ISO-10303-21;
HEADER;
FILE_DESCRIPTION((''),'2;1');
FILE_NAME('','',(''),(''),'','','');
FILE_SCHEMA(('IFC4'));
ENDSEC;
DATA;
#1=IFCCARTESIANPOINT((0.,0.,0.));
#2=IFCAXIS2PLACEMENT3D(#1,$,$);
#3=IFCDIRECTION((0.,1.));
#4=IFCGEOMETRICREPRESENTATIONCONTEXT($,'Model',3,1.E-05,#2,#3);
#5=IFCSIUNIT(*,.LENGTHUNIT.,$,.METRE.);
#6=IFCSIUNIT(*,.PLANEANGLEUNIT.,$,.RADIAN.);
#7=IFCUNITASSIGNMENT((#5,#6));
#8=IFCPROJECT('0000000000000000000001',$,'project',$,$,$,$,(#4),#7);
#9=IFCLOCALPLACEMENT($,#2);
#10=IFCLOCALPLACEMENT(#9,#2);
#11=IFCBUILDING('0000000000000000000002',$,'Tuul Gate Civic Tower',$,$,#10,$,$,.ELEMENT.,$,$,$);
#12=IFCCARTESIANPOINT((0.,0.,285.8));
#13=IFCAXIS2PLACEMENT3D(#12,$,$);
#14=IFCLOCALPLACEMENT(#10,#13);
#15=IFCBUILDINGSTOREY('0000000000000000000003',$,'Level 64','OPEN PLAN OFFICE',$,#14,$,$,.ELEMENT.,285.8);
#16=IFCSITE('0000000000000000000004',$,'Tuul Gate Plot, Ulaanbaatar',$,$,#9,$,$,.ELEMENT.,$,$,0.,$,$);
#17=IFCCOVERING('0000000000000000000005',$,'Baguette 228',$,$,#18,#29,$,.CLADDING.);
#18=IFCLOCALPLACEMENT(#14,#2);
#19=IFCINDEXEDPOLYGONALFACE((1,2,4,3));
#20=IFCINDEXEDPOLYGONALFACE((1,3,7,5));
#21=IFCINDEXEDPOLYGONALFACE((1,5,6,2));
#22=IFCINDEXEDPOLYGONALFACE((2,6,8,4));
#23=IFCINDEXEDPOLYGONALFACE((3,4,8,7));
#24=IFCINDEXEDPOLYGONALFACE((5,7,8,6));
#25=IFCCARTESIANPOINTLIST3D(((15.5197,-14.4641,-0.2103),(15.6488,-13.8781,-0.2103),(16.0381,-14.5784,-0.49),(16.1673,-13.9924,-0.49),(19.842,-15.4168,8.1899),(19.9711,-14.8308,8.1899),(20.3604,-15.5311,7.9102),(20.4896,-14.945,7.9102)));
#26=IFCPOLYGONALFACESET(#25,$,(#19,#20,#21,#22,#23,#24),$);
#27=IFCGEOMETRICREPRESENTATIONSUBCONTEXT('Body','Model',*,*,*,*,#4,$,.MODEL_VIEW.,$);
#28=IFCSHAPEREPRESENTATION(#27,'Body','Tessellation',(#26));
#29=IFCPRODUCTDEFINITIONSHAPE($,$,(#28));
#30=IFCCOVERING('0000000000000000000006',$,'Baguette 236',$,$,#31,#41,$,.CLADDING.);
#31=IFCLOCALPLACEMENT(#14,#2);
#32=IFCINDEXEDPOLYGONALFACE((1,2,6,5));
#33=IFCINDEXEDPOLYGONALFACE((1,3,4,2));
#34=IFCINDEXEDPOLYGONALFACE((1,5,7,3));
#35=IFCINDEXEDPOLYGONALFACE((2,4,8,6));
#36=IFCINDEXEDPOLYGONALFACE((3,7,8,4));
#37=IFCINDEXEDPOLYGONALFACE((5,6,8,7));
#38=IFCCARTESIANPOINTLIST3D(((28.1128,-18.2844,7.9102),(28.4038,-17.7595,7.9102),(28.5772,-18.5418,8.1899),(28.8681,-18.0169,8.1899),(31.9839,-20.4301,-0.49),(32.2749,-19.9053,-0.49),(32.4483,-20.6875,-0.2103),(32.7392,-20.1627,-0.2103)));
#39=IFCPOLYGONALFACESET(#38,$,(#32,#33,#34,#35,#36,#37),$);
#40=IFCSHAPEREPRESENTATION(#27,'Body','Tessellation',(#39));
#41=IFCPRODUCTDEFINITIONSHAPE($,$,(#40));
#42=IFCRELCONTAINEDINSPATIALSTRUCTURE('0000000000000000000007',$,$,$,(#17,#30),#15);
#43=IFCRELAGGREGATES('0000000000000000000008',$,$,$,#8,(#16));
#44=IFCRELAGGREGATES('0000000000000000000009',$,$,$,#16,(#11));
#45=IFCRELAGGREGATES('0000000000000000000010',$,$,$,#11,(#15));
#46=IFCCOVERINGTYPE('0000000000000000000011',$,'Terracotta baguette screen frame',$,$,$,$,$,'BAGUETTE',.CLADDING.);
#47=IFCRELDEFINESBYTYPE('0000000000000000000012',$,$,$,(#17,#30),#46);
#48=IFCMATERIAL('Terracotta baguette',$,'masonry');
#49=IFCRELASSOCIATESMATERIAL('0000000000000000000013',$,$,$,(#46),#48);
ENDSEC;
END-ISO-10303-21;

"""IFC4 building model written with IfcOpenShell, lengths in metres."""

from ifc_helpers import new_model, si_unit, direction, frame, origin, origin_2d, place, context, subcontext, project, spatial, rectangle, extrude, material, material_profile, profile_set, type_object, element, save


model = new_model("IFC4")

# Units and contexts
model_context = context("Model", 3, precision=1e-05, world=origin(), true_north=direction((0.0, 1.0)))
body_context = subcontext(model_context, "Body", "Model", "MODEL_VIEW")
ifc_project = project(units=[si_unit("LENGTHUNIT", "METRE"), si_unit("PLANEANGLEUNIT", "RADIAN")], contexts=[model_context])

# Site, building, storey
site_placement = place(None, origin())
site = spatial("IfcSite", under=ifc_project, at=site_placement, Name="Tuul Gate Plot, Ulaanbaatar", CompositionType="ELEMENT", RefElevation=0.0)
building_placement = place(site_placement, origin())
building = spatial("IfcBuilding", under=site, at=building_placement, Name="Tuul Gate Civic Tower", CompositionType="ELEMENT")
storey_placement = place(building_placement, frame((0.0, 0.0, 285.8)))
storey = spatial("IfcBuildingStorey", under=building, at=storey_placement, Name="Level 64", Description="OPEN PLAN OFFICE", CompositionType="ELEMENT", Elevation=285.8)

# Coverings
ifc_material_1 = material(Name="Terracotta baguette", Category="masonry")
ifc_material_profile_1 = material_profile(ifc_material_1, rectangle(XDim=0.6001, YDim=0.6001, at=origin_2d()), Name="Terracotta baguette screen frame")
ifc_profile_set_1 = profile_set([ifc_material_profile_1], Name="Terracotta baguette")
covering_type = type_object("IfcCoveringType", Name="Terracotta baguette screen frame", ElementType="BAGUETTE", PredefinedType="CLADDING", material=ifc_profile_set_1)
for number, where, z_axis, x_axis, name in (
    (1, (20.1658, -15.1809, 8.05), (-0.455223, 0.100332, -0.884707), (-0.215236, -0.976562, 0.0), "Baguette 228"),
    (2, (28.4905, -18.1506, 8.05), (0.407705, -0.225991, -0.884706), (0.484804, 0.874623, 0.0), "Baguette 236"),
):
    element("IfcCovering", number, at=place(storey_placement, frame(where, z_axis=z_axis, x_axis=x_axis)), inside=storey, type_object=covering_type, Name=name, PredefinedType="CLADDING", context=body_context, shape_type="SweptSolid", body=[
        extrude(rectangle(XDim=0.6001, YDim=0.6001, at=origin_2d()), origin(), (0.0, 0.0, 1.0), 9.4949),
    ])

save(model, "model.ifc")
